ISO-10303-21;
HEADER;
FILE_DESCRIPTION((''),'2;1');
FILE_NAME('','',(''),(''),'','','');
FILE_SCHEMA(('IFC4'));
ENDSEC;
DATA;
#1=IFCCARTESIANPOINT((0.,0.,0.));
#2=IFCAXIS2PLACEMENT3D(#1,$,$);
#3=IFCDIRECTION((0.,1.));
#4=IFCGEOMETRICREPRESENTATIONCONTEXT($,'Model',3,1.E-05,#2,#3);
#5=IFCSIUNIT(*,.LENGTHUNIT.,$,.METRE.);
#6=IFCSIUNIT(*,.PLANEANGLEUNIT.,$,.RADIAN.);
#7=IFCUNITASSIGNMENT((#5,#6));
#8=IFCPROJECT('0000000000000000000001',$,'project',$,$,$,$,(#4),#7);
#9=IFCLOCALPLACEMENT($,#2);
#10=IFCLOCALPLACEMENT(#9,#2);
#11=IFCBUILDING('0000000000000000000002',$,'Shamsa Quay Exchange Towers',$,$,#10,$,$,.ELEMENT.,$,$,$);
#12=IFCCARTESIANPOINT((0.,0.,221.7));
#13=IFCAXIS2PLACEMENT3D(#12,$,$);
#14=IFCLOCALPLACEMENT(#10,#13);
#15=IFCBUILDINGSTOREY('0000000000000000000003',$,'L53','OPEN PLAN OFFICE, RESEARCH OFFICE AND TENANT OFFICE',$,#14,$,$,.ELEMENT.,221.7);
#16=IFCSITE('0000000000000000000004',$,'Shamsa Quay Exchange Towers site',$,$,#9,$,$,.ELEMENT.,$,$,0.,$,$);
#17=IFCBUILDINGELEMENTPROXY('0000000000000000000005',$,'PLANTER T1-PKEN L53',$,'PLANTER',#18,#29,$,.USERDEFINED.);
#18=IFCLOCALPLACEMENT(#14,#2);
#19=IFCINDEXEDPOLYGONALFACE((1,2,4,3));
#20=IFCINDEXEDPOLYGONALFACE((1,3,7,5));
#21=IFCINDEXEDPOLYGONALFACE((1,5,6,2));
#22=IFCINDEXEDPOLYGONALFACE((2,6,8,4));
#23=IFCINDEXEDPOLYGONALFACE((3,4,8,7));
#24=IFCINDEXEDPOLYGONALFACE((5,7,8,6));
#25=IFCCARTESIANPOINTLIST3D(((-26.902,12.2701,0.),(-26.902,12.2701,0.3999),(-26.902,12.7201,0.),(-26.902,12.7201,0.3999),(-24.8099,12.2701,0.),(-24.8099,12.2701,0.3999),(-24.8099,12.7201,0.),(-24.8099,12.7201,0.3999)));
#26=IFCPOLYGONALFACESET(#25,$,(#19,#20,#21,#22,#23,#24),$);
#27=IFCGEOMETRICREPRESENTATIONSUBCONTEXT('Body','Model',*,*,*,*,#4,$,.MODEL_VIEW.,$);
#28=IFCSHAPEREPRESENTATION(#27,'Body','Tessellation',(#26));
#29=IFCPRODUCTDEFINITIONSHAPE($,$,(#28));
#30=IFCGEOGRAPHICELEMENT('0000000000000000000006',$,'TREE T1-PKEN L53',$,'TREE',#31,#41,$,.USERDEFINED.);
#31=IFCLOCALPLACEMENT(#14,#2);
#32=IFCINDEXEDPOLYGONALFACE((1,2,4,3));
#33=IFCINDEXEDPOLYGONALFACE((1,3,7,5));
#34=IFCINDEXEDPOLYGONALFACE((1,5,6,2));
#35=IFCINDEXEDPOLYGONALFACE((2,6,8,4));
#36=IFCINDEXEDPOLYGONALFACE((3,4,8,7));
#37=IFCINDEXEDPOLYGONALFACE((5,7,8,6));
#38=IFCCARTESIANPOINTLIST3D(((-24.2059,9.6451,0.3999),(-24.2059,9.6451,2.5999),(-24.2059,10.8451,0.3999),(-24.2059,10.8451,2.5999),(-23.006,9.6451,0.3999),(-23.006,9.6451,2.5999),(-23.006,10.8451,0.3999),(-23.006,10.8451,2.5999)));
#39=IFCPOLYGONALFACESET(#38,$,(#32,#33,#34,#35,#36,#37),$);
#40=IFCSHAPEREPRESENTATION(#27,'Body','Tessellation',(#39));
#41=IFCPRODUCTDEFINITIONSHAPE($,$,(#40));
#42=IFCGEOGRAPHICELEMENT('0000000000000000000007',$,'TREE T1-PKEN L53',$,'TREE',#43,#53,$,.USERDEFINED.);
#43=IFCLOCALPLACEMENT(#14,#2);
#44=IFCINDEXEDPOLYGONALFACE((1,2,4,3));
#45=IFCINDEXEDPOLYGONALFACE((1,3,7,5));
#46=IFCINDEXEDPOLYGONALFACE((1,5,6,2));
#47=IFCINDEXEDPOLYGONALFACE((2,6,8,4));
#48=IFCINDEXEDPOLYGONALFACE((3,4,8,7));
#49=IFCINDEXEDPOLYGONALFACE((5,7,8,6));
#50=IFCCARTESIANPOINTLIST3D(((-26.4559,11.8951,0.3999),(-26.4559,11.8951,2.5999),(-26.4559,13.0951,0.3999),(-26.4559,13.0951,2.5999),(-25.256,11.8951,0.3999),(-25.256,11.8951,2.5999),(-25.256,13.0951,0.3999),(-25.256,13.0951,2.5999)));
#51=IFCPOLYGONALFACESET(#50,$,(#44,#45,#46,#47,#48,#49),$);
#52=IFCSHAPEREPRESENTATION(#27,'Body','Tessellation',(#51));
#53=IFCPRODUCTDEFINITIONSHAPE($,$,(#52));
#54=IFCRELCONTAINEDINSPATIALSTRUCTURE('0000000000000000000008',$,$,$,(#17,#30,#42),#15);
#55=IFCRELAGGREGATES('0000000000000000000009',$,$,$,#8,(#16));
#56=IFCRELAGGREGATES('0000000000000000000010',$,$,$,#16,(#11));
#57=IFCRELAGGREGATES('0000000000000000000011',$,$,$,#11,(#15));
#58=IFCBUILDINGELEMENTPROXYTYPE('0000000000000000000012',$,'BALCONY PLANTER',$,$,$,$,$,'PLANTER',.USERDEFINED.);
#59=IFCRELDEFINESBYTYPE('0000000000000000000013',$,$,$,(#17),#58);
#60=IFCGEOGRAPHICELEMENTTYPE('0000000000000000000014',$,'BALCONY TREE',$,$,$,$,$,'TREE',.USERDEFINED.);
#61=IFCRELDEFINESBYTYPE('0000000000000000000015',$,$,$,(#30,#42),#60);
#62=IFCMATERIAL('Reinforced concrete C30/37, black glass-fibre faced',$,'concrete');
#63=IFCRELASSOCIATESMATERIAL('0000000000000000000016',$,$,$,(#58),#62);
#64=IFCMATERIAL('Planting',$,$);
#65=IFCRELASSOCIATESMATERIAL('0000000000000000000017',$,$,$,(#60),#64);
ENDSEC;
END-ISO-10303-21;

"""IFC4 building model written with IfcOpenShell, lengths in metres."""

from ifc_helpers import new_model, si_unit, direction, frame, origin, origin_2d, place, context, subcontext, project, spatial, rectangle, extrude, material, type_object, element, save


model = new_model("IFC4")

# Units and contexts
model_context = context("Model", 3, precision=1e-05, world=origin(), true_north=direction((0.0, 1.0)))
body_context = subcontext(model_context, "Body", "Model", "MODEL_VIEW")
ifc_project = project(units=[si_unit("LENGTHUNIT", "METRE"), si_unit("PLANEANGLEUNIT", "RADIAN")], contexts=[model_context])

# Site, building, storey
site_placement = place(None, origin())
site = spatial("IfcSite", under=ifc_project, at=site_placement, Name="Shamsa Quay Exchange Towers site", CompositionType="ELEMENT", RefElevation=0.0)
building_placement = place(site_placement, origin())
building = spatial("IfcBuilding", under=site, at=building_placement, Name="Shamsa Quay Exchange Towers", CompositionType="ELEMENT")
storey_placement = place(building_placement, frame((0.0, 0.0, 221.7)))
storey = spatial("IfcBuildingStorey", under=building, at=storey_placement, Name="L53", Description="OPEN PLAN OFFICE, RESEARCH OFFICE AND TENANT OFFICE", CompositionType="ELEMENT", Elevation=221.7)

# Building element proxy
ifc_material_1 = material(Name="Reinforced concrete C30/37, black glass-fibre faced", Category="concrete")
building_element_proxy_type = type_object("IfcBuildingElementProxyType", Name="BALCONY PLANTER", ElementType="PLANTER", PredefinedType="USERDEFINED", material=ifc_material_1)
for number, where, z_axis, x_axis, name in (
    (1, (-25.856, 12.4951, 0.0), (0.0, 0.0, 1.0), (-1.0, 0.0, 0.0), "PLANTER T1-PKEN L53"),
):
    element("IfcBuildingElementProxy", number, at=place(storey_placement, frame(where, z_axis=z_axis, x_axis=x_axis)), inside=storey, type_object=building_element_proxy_type, Name=name, ObjectType="PLANTER", PredefinedType="USERDEFINED", context=body_context, shape_type="SweptSolid", body=[
        extrude(rectangle(XDim=2.092, YDim=0.45, at=origin_2d()), origin(), (0.0, 0.0, 1.0), 0.3999),
    ])

# Geographic elements
ifc_material_2 = material(Name="Planting")
geographic_element_type = type_object("IfcGeographicElementType", Name="BALCONY TREE", ElementType="TREE", PredefinedType="USERDEFINED", material=ifc_material_2)
for number, where, z_axis, x_axis, name in (
    (2, (-23.606, 10.2451, 0.3999), (0.0, 0.0, 1.0), (-1.0, 0.0, 0.0), "TREE T1-PKEN L53"),
    (3, (-25.856, 12.4951, 0.3999), (0.0, 0.0, 1.0), (-1.0, 0.0, 0.0), "TREE T1-PKEN L53"),
):
    element("IfcGeographicElement", number, at=place(storey_placement, frame(where, z_axis=z_axis, x_axis=x_axis)), inside=storey, type_object=geographic_element_type, Name=name, ObjectType="TREE", PredefinedType="USERDEFINED", context=body_context, shape_type="SweptSolid", body=[
        extrude(rectangle(XDim=1.2, YDim=1.2, at=origin_2d()), origin(), (0.0, 0.0, 1.0), 2.2),
    ])

save(model, "model.ifc")
